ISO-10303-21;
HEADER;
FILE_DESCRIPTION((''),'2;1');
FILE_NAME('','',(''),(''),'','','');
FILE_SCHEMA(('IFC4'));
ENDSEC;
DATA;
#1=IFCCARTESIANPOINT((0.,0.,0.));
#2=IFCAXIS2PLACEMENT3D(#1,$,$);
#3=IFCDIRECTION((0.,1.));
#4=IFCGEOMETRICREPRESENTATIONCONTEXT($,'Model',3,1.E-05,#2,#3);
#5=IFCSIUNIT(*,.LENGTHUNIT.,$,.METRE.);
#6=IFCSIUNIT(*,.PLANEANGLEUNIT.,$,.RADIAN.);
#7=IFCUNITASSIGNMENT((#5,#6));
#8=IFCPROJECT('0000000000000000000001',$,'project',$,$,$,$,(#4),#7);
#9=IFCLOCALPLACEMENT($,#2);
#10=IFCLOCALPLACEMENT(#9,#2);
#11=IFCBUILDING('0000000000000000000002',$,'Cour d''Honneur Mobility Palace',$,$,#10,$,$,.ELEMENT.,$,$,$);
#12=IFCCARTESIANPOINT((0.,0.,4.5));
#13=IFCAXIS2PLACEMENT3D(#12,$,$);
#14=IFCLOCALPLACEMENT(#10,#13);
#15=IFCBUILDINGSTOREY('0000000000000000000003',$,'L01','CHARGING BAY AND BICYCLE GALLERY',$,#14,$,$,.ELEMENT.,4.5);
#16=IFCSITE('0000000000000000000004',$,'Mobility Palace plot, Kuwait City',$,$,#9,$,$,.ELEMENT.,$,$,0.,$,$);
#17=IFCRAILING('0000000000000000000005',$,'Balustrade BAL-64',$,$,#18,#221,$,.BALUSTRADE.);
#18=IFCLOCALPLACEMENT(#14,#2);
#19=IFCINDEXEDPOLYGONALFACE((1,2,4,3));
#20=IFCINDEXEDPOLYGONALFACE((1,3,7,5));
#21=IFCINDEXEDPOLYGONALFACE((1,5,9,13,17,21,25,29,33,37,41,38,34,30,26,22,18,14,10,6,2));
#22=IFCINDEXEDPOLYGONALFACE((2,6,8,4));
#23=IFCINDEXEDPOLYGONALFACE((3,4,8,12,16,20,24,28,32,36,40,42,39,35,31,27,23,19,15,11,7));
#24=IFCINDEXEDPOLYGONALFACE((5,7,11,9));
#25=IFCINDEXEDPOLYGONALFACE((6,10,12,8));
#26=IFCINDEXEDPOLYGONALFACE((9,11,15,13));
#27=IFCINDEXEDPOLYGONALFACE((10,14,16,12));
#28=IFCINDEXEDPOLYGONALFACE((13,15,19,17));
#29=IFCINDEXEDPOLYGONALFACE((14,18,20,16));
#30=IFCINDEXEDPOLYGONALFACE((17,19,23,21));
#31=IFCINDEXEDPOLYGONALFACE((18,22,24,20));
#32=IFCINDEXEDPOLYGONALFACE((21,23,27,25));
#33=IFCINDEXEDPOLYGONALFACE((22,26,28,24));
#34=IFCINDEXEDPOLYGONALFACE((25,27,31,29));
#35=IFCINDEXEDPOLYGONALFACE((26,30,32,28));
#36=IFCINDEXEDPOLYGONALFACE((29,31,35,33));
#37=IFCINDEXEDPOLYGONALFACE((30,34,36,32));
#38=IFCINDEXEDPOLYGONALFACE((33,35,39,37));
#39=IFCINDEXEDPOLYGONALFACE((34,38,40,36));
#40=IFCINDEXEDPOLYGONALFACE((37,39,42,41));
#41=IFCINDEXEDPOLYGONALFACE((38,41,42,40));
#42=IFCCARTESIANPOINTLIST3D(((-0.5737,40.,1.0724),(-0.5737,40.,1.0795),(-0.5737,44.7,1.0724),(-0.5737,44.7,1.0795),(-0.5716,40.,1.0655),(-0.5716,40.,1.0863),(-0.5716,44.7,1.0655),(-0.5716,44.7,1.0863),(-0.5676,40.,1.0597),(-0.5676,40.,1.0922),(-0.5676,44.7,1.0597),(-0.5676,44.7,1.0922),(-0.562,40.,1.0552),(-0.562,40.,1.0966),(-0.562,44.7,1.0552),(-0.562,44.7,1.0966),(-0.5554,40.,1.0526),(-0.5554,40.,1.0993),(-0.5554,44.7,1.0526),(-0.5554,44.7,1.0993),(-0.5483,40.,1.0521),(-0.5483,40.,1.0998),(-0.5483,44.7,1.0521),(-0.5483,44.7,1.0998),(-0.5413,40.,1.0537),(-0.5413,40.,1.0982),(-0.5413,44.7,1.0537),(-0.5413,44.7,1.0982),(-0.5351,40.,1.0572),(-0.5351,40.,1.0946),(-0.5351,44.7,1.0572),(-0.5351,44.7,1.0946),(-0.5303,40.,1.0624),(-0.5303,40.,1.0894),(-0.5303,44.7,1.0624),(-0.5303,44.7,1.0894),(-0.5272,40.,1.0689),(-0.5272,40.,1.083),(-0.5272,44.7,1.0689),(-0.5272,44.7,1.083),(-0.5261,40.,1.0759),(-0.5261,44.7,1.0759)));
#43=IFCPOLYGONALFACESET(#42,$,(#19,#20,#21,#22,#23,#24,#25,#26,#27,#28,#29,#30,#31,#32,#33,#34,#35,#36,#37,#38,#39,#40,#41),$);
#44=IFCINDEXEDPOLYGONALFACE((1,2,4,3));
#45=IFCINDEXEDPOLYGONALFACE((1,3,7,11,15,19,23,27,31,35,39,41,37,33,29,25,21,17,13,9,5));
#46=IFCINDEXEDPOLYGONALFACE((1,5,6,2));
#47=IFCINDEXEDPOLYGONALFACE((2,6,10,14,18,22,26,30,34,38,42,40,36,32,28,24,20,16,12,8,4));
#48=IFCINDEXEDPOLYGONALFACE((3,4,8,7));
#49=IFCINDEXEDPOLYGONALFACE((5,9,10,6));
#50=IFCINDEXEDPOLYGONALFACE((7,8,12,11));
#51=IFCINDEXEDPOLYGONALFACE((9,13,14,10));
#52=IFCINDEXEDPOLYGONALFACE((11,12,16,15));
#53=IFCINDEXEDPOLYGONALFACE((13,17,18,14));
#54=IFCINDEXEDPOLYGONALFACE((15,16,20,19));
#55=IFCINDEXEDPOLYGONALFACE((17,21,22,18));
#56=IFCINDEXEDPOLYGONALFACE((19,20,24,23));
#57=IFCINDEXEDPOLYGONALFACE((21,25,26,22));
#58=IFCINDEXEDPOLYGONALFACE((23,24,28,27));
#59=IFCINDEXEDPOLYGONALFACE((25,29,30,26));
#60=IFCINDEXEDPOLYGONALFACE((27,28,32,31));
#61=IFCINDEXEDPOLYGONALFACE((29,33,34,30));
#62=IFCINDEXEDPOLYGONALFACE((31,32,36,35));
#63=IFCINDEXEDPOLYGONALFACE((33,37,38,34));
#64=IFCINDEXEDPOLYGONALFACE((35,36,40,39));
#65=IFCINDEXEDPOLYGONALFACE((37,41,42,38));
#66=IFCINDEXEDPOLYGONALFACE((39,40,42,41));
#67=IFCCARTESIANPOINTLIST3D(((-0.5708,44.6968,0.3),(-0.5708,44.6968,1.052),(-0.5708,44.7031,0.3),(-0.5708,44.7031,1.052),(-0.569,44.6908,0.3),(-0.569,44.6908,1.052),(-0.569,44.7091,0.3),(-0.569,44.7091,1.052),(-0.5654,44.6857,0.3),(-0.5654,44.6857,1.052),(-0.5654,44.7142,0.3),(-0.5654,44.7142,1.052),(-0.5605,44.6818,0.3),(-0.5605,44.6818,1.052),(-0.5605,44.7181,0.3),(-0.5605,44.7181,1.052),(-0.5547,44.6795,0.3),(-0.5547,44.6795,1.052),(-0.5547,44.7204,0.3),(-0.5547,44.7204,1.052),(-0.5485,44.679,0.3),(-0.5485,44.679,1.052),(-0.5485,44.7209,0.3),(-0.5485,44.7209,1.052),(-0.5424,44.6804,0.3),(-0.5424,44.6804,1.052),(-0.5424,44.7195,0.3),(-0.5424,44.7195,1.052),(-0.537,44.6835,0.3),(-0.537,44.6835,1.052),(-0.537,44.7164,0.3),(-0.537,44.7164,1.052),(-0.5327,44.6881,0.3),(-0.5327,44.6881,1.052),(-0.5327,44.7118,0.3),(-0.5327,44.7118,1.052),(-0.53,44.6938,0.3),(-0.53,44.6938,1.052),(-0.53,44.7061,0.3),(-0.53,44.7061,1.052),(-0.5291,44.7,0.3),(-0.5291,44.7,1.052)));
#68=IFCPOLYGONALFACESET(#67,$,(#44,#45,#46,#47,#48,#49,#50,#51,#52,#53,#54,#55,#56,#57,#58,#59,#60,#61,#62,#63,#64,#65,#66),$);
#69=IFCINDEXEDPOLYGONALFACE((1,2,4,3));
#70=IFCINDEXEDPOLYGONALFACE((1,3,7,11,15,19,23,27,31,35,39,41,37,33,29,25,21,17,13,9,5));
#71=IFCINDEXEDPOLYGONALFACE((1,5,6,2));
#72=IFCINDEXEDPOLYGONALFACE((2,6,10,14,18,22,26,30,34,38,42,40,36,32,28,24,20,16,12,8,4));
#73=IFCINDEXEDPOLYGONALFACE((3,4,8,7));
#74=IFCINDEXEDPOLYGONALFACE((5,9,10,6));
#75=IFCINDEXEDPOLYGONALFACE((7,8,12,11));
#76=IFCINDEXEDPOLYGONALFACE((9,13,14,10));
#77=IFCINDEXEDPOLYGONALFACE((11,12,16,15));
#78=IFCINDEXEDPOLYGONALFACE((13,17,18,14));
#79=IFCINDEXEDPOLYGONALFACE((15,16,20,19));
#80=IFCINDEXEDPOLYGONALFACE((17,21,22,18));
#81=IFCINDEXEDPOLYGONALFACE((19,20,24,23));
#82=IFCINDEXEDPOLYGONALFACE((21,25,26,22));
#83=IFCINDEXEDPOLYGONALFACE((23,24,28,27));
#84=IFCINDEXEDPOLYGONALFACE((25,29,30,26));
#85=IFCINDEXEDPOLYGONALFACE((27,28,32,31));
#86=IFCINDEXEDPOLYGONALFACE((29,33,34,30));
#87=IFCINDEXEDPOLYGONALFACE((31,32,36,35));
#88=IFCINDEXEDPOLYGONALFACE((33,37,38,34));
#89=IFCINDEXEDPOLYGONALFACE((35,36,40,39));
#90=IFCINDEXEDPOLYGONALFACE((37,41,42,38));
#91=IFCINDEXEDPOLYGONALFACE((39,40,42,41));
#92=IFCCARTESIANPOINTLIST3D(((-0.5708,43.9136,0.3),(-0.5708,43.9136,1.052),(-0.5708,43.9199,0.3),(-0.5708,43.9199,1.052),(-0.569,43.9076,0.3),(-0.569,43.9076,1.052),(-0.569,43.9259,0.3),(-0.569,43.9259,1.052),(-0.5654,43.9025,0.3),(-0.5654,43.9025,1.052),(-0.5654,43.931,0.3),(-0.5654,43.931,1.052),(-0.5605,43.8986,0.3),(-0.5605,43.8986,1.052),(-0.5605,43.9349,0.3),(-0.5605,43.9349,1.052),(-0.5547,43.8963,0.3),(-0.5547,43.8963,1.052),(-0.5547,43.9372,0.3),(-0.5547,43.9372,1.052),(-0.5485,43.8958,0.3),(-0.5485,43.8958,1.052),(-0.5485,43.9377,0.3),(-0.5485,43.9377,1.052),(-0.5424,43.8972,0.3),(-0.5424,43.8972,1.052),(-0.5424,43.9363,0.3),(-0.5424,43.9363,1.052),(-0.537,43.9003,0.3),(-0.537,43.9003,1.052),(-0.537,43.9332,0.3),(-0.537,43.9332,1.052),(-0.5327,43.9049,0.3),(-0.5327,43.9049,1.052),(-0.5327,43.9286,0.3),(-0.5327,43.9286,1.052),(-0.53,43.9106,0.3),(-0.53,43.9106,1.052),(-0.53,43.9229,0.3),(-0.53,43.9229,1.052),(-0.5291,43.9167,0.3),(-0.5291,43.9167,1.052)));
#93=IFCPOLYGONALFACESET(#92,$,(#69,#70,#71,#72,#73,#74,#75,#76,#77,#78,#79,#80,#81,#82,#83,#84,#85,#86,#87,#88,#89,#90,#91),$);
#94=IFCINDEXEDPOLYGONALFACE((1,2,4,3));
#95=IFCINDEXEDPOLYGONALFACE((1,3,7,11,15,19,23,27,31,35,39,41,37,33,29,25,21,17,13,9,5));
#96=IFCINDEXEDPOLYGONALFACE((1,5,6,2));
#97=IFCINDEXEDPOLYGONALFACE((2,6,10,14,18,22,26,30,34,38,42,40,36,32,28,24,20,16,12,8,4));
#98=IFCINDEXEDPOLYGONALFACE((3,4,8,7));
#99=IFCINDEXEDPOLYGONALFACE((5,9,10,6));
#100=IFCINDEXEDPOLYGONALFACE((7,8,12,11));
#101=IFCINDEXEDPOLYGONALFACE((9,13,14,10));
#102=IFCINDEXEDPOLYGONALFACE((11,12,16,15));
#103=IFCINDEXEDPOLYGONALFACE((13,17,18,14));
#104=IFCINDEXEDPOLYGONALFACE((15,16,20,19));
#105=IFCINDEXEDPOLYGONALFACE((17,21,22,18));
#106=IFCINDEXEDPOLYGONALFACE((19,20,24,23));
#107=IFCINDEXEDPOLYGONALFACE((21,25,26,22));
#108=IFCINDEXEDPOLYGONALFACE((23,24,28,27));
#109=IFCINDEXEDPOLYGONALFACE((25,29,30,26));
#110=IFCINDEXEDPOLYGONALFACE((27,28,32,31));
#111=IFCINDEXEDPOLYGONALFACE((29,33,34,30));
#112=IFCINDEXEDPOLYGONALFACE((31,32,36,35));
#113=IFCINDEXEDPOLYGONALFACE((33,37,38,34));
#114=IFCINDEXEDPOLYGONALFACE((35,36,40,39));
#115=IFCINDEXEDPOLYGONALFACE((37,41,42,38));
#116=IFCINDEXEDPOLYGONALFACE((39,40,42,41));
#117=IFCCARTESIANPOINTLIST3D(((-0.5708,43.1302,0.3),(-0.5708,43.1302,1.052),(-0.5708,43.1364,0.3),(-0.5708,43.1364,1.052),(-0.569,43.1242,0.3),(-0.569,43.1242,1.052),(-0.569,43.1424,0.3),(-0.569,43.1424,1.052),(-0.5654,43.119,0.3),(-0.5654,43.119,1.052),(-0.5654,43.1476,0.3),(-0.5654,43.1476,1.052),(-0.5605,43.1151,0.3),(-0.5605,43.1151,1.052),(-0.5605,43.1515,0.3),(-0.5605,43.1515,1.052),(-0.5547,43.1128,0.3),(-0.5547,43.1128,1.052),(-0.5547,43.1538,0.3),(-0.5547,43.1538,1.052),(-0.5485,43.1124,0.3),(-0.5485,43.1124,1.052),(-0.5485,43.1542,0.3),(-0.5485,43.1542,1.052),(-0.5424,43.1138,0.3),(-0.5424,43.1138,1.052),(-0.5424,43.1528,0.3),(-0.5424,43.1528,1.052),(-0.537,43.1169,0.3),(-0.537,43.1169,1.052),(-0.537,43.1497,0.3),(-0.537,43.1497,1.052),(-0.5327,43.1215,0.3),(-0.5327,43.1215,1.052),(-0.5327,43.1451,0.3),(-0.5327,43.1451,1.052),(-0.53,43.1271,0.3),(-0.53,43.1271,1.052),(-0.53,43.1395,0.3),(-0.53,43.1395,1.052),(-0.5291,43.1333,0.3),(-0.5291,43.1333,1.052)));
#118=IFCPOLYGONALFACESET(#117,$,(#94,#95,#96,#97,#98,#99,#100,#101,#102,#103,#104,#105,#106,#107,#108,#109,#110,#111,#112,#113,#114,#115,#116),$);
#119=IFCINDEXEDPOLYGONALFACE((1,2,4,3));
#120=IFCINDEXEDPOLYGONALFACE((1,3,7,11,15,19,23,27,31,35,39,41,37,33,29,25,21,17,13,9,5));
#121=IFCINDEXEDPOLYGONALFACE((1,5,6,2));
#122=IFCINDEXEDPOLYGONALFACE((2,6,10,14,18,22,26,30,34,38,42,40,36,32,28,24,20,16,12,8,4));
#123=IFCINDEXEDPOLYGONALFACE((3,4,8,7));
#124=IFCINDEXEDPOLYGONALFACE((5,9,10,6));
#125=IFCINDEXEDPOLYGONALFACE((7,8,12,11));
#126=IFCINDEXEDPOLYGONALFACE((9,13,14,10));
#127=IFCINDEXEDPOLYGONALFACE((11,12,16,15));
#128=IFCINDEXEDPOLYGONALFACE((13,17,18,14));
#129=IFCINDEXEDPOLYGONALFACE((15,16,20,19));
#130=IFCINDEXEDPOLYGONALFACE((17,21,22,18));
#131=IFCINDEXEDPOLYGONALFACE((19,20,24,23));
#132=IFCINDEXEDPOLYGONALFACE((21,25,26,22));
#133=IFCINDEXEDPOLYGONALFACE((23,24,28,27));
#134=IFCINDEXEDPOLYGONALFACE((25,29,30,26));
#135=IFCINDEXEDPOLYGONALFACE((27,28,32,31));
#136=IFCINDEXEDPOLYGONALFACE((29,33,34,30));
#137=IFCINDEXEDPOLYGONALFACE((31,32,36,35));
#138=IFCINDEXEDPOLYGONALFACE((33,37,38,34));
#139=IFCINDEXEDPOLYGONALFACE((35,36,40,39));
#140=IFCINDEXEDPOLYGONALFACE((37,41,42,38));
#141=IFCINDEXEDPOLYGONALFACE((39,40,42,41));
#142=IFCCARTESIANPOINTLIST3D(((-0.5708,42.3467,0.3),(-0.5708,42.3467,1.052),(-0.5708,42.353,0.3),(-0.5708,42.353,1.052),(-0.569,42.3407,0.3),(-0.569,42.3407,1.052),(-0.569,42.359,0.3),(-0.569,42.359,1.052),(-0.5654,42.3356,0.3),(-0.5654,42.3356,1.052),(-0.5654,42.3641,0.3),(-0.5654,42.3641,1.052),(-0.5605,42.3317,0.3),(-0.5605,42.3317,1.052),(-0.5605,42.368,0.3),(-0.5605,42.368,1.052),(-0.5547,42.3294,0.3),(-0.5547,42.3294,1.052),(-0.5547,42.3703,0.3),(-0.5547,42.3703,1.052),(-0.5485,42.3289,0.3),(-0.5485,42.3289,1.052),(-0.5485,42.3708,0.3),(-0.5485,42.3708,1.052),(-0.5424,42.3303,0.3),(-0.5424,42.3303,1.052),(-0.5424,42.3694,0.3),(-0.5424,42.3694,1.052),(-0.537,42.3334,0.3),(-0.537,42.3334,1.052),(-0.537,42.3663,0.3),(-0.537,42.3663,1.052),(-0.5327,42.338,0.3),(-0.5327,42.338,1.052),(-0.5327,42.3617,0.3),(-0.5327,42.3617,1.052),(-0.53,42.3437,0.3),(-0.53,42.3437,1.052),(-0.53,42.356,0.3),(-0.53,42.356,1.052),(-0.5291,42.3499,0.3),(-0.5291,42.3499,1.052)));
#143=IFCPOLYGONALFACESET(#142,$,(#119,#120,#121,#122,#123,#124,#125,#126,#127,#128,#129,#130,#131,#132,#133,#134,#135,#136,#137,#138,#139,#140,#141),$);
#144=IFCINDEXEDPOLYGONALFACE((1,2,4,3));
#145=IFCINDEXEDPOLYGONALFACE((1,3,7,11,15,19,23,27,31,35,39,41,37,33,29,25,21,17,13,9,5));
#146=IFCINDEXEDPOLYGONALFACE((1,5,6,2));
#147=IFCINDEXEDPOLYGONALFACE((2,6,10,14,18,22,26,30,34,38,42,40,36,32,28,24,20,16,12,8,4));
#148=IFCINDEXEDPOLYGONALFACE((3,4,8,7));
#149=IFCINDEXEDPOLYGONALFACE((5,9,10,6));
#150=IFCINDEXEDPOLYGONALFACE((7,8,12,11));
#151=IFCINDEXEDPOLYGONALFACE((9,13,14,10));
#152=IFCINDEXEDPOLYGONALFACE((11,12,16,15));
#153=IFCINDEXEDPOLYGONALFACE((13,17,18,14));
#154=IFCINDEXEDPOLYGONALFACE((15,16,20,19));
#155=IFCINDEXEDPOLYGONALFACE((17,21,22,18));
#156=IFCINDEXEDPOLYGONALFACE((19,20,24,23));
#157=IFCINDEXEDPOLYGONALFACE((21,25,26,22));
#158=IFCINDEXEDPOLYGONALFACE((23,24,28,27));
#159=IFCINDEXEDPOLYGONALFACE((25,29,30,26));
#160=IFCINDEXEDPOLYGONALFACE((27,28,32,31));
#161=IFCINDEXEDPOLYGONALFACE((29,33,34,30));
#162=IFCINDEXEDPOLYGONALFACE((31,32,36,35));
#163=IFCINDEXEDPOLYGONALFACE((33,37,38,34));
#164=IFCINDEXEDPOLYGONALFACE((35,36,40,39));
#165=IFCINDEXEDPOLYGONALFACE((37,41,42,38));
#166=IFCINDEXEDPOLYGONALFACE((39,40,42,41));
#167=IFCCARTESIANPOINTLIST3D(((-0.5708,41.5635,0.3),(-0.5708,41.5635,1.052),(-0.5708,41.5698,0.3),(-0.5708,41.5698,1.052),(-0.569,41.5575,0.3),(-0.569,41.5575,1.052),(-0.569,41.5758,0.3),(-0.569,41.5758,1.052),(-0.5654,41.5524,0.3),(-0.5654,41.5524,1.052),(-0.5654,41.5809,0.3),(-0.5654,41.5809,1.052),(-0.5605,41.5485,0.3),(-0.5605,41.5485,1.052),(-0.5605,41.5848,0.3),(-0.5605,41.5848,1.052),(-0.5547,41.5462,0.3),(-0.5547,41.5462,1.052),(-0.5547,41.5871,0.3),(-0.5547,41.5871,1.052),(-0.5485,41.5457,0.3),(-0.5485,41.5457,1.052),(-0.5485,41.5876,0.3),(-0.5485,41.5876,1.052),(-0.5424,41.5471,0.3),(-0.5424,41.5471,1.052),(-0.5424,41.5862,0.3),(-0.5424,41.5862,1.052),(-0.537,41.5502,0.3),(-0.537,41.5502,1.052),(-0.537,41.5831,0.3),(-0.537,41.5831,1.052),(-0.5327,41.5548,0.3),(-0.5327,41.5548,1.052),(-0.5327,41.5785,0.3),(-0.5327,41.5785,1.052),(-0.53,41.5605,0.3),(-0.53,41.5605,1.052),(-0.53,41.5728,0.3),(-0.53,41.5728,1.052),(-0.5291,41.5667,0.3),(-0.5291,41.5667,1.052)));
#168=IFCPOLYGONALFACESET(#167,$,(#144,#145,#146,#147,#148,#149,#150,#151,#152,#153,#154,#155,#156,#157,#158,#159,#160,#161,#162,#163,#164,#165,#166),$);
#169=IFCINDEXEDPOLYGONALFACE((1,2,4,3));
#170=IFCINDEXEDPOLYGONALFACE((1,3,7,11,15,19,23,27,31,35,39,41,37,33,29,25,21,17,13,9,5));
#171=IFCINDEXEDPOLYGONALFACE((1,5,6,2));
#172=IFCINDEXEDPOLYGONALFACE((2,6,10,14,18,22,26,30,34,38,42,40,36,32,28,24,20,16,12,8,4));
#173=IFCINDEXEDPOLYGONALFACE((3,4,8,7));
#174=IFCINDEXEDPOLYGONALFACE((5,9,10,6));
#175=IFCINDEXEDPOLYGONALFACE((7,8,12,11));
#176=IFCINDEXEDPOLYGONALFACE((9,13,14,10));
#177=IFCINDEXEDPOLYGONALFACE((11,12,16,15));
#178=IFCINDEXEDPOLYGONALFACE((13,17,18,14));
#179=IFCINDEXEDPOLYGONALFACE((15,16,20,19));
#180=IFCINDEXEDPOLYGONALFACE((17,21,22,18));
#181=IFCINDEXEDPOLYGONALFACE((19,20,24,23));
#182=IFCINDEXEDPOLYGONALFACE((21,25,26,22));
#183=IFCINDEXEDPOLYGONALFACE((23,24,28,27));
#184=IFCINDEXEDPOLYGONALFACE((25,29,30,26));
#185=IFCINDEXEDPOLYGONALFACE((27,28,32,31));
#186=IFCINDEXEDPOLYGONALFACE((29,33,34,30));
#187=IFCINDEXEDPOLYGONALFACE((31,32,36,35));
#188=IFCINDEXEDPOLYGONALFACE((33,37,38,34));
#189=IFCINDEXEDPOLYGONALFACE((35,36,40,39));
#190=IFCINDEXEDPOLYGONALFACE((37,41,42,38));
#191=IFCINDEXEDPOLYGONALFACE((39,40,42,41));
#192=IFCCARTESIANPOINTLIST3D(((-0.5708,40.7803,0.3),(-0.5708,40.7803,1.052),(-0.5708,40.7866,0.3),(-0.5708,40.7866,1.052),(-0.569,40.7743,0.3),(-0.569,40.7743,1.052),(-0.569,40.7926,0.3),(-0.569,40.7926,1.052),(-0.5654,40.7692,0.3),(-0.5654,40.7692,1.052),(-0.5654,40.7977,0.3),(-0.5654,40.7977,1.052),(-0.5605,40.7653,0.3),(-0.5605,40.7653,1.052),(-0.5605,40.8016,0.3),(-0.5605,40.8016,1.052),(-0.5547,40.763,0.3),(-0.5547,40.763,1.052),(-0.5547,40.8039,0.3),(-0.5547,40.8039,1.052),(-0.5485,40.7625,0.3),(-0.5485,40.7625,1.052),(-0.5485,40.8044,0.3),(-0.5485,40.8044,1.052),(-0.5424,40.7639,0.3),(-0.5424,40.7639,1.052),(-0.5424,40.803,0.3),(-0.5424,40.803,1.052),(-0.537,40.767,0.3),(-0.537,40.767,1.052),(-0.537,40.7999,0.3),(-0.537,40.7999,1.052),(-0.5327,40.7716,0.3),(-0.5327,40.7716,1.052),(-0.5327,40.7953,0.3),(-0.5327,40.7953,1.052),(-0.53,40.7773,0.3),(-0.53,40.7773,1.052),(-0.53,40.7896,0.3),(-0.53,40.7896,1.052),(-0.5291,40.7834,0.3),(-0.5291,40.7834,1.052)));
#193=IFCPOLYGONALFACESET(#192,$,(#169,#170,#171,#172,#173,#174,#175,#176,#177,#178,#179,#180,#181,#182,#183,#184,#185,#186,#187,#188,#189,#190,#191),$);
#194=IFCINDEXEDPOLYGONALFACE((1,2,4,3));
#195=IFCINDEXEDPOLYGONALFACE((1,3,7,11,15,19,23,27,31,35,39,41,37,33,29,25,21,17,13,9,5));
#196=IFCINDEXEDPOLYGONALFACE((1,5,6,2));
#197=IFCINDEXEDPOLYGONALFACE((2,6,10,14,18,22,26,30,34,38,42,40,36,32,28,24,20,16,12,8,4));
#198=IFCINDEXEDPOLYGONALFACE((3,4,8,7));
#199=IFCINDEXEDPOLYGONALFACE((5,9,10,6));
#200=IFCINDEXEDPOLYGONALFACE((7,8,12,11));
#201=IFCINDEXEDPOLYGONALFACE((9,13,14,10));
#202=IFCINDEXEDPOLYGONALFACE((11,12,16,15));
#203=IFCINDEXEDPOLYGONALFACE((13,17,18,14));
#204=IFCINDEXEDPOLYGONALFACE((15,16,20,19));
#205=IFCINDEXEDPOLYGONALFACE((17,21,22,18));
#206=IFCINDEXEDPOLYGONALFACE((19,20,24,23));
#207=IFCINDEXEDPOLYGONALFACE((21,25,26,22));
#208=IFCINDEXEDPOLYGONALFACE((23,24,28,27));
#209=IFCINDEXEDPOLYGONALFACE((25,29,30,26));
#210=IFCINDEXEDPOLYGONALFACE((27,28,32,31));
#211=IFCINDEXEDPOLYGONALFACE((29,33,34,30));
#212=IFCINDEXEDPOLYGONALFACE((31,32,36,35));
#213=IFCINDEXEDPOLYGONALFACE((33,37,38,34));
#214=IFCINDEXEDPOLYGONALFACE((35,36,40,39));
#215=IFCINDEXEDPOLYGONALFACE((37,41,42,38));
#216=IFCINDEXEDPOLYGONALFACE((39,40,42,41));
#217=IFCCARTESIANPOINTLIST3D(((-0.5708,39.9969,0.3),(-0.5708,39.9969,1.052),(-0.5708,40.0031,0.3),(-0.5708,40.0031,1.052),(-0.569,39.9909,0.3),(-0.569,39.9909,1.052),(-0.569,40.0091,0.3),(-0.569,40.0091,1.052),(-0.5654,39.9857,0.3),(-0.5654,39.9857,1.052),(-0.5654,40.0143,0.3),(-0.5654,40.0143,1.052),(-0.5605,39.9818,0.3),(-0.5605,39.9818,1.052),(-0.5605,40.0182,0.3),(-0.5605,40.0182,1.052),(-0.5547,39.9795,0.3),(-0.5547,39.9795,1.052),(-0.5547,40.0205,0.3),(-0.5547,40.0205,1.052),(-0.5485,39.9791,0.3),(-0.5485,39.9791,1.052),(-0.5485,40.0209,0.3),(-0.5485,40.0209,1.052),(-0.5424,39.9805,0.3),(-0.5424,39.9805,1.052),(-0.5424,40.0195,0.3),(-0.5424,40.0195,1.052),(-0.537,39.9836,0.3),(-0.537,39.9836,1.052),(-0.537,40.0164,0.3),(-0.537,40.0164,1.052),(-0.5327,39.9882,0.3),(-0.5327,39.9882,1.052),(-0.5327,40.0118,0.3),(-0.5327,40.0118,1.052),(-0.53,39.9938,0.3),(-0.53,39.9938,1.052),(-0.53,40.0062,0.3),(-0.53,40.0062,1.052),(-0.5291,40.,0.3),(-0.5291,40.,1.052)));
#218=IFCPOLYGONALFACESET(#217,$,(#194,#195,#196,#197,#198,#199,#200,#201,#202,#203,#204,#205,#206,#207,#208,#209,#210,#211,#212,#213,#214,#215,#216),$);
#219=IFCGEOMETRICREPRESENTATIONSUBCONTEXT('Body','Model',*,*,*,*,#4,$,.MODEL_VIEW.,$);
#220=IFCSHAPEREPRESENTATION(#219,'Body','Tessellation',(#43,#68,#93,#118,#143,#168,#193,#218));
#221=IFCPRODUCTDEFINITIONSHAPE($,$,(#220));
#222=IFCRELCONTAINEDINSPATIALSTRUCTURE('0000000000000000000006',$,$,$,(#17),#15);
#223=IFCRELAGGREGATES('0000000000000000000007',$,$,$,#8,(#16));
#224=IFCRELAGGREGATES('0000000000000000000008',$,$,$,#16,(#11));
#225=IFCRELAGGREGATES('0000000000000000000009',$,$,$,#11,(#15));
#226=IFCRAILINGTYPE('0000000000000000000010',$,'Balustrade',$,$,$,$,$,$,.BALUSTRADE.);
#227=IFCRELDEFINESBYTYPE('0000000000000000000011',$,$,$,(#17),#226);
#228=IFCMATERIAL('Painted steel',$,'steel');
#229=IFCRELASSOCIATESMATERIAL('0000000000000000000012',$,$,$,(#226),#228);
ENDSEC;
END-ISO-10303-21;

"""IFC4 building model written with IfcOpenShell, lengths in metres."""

from ifc_helpers import new_model, si_unit, direction, frame, origin, origin_2d, place, context, subcontext, project, spatial, circle, extrude, material, type_object, element, save


model = new_model("IFC4")

# Units and contexts
model_context = context("Model", 3, precision=1e-05, world=origin(), true_north=direction((0.0, 1.0)))
body_context = subcontext(model_context, "Body", "Model", "MODEL_VIEW")
ifc_project = project(units=[si_unit("LENGTHUNIT", "METRE"), si_unit("PLANEANGLEUNIT", "RADIAN")], contexts=[model_context])

# Site, building, storey
site_placement = place(None, origin())
site = spatial("IfcSite", under=ifc_project, at=site_placement, Name="Mobility Palace plot, Kuwait City", CompositionType="ELEMENT", RefElevation=0.0)
building_placement = place(site_placement, origin())
building = spatial("IfcBuilding", under=site, at=building_placement, Name="Cour d'Honneur Mobility Palace", CompositionType="ELEMENT")
storey_placement = place(building_placement, frame((0.0, 0.0, 4.5)))
storey = spatial("IfcBuildingStorey", under=building, at=storey_placement, Name="L01", Description="CHARGING BAY AND BICYCLE GALLERY", CompositionType="ELEMENT", Elevation=4.5)

# Railing
ifc_material_1 = material(Name="Painted steel", Category="steel")
railing_type_1 = type_object("IfcRailingType", Name="Balustrade", PredefinedType="BALUSTRADE", material=ifc_material_1)
railing_1_placement = place(storey_placement, frame((-0.55, 44.7, 0.3)))
element("IfcRailing", 1, at=railing_1_placement, inside=storey, type_object=railing_type_1, Name="Balustrade BAL-64", PredefinedType="BALUSTRADE", context=body_context, shape_type="SweptSolid", body=[
    extrude(circle(Radius=0.0239, at=origin_2d()), frame((0.0, 0.0, 0.7759), z_axis=(0.0, -1.0, 0.0), x_axis=(1.0, 0.0, 0.0)), (0.0, 0.0, 1.0), 4.7),
    extrude(circle(Radius=0.021, at=origin_2d()), origin(), (0.0, 0.0, 1.0), 0.752),
    extrude(circle(Radius=0.021, at=origin_2d()), frame((0.0, -0.7832, 0.0)), (0.0, 0.0, 1.0), 0.752),
    extrude(circle(Radius=0.021, at=origin_2d()), frame((0.0, -1.5667, 0.0)), (0.0, 0.0, 1.0), 0.752),
    extrude(circle(Radius=0.021, at=origin_2d()), frame((0.0, -2.3501, 0.0)), (0.0, 0.0, 1.0), 0.752),
    extrude(circle(Radius=0.021, at=origin_2d()), frame((0.0, -3.1333, 0.0)), (0.0, 0.0, 1.0), 0.752),
    extrude(circle(Radius=0.021, at=origin_2d()), frame((0.0, -3.9165, 0.0)), (0.0, 0.0, 1.0), 0.752),
    extrude(circle(Radius=0.021, at=origin_2d()), frame((0.0, -4.7, 0.0)), (0.0, 0.0, 1.0), 0.752),
])

save(model, "model.ifc")
